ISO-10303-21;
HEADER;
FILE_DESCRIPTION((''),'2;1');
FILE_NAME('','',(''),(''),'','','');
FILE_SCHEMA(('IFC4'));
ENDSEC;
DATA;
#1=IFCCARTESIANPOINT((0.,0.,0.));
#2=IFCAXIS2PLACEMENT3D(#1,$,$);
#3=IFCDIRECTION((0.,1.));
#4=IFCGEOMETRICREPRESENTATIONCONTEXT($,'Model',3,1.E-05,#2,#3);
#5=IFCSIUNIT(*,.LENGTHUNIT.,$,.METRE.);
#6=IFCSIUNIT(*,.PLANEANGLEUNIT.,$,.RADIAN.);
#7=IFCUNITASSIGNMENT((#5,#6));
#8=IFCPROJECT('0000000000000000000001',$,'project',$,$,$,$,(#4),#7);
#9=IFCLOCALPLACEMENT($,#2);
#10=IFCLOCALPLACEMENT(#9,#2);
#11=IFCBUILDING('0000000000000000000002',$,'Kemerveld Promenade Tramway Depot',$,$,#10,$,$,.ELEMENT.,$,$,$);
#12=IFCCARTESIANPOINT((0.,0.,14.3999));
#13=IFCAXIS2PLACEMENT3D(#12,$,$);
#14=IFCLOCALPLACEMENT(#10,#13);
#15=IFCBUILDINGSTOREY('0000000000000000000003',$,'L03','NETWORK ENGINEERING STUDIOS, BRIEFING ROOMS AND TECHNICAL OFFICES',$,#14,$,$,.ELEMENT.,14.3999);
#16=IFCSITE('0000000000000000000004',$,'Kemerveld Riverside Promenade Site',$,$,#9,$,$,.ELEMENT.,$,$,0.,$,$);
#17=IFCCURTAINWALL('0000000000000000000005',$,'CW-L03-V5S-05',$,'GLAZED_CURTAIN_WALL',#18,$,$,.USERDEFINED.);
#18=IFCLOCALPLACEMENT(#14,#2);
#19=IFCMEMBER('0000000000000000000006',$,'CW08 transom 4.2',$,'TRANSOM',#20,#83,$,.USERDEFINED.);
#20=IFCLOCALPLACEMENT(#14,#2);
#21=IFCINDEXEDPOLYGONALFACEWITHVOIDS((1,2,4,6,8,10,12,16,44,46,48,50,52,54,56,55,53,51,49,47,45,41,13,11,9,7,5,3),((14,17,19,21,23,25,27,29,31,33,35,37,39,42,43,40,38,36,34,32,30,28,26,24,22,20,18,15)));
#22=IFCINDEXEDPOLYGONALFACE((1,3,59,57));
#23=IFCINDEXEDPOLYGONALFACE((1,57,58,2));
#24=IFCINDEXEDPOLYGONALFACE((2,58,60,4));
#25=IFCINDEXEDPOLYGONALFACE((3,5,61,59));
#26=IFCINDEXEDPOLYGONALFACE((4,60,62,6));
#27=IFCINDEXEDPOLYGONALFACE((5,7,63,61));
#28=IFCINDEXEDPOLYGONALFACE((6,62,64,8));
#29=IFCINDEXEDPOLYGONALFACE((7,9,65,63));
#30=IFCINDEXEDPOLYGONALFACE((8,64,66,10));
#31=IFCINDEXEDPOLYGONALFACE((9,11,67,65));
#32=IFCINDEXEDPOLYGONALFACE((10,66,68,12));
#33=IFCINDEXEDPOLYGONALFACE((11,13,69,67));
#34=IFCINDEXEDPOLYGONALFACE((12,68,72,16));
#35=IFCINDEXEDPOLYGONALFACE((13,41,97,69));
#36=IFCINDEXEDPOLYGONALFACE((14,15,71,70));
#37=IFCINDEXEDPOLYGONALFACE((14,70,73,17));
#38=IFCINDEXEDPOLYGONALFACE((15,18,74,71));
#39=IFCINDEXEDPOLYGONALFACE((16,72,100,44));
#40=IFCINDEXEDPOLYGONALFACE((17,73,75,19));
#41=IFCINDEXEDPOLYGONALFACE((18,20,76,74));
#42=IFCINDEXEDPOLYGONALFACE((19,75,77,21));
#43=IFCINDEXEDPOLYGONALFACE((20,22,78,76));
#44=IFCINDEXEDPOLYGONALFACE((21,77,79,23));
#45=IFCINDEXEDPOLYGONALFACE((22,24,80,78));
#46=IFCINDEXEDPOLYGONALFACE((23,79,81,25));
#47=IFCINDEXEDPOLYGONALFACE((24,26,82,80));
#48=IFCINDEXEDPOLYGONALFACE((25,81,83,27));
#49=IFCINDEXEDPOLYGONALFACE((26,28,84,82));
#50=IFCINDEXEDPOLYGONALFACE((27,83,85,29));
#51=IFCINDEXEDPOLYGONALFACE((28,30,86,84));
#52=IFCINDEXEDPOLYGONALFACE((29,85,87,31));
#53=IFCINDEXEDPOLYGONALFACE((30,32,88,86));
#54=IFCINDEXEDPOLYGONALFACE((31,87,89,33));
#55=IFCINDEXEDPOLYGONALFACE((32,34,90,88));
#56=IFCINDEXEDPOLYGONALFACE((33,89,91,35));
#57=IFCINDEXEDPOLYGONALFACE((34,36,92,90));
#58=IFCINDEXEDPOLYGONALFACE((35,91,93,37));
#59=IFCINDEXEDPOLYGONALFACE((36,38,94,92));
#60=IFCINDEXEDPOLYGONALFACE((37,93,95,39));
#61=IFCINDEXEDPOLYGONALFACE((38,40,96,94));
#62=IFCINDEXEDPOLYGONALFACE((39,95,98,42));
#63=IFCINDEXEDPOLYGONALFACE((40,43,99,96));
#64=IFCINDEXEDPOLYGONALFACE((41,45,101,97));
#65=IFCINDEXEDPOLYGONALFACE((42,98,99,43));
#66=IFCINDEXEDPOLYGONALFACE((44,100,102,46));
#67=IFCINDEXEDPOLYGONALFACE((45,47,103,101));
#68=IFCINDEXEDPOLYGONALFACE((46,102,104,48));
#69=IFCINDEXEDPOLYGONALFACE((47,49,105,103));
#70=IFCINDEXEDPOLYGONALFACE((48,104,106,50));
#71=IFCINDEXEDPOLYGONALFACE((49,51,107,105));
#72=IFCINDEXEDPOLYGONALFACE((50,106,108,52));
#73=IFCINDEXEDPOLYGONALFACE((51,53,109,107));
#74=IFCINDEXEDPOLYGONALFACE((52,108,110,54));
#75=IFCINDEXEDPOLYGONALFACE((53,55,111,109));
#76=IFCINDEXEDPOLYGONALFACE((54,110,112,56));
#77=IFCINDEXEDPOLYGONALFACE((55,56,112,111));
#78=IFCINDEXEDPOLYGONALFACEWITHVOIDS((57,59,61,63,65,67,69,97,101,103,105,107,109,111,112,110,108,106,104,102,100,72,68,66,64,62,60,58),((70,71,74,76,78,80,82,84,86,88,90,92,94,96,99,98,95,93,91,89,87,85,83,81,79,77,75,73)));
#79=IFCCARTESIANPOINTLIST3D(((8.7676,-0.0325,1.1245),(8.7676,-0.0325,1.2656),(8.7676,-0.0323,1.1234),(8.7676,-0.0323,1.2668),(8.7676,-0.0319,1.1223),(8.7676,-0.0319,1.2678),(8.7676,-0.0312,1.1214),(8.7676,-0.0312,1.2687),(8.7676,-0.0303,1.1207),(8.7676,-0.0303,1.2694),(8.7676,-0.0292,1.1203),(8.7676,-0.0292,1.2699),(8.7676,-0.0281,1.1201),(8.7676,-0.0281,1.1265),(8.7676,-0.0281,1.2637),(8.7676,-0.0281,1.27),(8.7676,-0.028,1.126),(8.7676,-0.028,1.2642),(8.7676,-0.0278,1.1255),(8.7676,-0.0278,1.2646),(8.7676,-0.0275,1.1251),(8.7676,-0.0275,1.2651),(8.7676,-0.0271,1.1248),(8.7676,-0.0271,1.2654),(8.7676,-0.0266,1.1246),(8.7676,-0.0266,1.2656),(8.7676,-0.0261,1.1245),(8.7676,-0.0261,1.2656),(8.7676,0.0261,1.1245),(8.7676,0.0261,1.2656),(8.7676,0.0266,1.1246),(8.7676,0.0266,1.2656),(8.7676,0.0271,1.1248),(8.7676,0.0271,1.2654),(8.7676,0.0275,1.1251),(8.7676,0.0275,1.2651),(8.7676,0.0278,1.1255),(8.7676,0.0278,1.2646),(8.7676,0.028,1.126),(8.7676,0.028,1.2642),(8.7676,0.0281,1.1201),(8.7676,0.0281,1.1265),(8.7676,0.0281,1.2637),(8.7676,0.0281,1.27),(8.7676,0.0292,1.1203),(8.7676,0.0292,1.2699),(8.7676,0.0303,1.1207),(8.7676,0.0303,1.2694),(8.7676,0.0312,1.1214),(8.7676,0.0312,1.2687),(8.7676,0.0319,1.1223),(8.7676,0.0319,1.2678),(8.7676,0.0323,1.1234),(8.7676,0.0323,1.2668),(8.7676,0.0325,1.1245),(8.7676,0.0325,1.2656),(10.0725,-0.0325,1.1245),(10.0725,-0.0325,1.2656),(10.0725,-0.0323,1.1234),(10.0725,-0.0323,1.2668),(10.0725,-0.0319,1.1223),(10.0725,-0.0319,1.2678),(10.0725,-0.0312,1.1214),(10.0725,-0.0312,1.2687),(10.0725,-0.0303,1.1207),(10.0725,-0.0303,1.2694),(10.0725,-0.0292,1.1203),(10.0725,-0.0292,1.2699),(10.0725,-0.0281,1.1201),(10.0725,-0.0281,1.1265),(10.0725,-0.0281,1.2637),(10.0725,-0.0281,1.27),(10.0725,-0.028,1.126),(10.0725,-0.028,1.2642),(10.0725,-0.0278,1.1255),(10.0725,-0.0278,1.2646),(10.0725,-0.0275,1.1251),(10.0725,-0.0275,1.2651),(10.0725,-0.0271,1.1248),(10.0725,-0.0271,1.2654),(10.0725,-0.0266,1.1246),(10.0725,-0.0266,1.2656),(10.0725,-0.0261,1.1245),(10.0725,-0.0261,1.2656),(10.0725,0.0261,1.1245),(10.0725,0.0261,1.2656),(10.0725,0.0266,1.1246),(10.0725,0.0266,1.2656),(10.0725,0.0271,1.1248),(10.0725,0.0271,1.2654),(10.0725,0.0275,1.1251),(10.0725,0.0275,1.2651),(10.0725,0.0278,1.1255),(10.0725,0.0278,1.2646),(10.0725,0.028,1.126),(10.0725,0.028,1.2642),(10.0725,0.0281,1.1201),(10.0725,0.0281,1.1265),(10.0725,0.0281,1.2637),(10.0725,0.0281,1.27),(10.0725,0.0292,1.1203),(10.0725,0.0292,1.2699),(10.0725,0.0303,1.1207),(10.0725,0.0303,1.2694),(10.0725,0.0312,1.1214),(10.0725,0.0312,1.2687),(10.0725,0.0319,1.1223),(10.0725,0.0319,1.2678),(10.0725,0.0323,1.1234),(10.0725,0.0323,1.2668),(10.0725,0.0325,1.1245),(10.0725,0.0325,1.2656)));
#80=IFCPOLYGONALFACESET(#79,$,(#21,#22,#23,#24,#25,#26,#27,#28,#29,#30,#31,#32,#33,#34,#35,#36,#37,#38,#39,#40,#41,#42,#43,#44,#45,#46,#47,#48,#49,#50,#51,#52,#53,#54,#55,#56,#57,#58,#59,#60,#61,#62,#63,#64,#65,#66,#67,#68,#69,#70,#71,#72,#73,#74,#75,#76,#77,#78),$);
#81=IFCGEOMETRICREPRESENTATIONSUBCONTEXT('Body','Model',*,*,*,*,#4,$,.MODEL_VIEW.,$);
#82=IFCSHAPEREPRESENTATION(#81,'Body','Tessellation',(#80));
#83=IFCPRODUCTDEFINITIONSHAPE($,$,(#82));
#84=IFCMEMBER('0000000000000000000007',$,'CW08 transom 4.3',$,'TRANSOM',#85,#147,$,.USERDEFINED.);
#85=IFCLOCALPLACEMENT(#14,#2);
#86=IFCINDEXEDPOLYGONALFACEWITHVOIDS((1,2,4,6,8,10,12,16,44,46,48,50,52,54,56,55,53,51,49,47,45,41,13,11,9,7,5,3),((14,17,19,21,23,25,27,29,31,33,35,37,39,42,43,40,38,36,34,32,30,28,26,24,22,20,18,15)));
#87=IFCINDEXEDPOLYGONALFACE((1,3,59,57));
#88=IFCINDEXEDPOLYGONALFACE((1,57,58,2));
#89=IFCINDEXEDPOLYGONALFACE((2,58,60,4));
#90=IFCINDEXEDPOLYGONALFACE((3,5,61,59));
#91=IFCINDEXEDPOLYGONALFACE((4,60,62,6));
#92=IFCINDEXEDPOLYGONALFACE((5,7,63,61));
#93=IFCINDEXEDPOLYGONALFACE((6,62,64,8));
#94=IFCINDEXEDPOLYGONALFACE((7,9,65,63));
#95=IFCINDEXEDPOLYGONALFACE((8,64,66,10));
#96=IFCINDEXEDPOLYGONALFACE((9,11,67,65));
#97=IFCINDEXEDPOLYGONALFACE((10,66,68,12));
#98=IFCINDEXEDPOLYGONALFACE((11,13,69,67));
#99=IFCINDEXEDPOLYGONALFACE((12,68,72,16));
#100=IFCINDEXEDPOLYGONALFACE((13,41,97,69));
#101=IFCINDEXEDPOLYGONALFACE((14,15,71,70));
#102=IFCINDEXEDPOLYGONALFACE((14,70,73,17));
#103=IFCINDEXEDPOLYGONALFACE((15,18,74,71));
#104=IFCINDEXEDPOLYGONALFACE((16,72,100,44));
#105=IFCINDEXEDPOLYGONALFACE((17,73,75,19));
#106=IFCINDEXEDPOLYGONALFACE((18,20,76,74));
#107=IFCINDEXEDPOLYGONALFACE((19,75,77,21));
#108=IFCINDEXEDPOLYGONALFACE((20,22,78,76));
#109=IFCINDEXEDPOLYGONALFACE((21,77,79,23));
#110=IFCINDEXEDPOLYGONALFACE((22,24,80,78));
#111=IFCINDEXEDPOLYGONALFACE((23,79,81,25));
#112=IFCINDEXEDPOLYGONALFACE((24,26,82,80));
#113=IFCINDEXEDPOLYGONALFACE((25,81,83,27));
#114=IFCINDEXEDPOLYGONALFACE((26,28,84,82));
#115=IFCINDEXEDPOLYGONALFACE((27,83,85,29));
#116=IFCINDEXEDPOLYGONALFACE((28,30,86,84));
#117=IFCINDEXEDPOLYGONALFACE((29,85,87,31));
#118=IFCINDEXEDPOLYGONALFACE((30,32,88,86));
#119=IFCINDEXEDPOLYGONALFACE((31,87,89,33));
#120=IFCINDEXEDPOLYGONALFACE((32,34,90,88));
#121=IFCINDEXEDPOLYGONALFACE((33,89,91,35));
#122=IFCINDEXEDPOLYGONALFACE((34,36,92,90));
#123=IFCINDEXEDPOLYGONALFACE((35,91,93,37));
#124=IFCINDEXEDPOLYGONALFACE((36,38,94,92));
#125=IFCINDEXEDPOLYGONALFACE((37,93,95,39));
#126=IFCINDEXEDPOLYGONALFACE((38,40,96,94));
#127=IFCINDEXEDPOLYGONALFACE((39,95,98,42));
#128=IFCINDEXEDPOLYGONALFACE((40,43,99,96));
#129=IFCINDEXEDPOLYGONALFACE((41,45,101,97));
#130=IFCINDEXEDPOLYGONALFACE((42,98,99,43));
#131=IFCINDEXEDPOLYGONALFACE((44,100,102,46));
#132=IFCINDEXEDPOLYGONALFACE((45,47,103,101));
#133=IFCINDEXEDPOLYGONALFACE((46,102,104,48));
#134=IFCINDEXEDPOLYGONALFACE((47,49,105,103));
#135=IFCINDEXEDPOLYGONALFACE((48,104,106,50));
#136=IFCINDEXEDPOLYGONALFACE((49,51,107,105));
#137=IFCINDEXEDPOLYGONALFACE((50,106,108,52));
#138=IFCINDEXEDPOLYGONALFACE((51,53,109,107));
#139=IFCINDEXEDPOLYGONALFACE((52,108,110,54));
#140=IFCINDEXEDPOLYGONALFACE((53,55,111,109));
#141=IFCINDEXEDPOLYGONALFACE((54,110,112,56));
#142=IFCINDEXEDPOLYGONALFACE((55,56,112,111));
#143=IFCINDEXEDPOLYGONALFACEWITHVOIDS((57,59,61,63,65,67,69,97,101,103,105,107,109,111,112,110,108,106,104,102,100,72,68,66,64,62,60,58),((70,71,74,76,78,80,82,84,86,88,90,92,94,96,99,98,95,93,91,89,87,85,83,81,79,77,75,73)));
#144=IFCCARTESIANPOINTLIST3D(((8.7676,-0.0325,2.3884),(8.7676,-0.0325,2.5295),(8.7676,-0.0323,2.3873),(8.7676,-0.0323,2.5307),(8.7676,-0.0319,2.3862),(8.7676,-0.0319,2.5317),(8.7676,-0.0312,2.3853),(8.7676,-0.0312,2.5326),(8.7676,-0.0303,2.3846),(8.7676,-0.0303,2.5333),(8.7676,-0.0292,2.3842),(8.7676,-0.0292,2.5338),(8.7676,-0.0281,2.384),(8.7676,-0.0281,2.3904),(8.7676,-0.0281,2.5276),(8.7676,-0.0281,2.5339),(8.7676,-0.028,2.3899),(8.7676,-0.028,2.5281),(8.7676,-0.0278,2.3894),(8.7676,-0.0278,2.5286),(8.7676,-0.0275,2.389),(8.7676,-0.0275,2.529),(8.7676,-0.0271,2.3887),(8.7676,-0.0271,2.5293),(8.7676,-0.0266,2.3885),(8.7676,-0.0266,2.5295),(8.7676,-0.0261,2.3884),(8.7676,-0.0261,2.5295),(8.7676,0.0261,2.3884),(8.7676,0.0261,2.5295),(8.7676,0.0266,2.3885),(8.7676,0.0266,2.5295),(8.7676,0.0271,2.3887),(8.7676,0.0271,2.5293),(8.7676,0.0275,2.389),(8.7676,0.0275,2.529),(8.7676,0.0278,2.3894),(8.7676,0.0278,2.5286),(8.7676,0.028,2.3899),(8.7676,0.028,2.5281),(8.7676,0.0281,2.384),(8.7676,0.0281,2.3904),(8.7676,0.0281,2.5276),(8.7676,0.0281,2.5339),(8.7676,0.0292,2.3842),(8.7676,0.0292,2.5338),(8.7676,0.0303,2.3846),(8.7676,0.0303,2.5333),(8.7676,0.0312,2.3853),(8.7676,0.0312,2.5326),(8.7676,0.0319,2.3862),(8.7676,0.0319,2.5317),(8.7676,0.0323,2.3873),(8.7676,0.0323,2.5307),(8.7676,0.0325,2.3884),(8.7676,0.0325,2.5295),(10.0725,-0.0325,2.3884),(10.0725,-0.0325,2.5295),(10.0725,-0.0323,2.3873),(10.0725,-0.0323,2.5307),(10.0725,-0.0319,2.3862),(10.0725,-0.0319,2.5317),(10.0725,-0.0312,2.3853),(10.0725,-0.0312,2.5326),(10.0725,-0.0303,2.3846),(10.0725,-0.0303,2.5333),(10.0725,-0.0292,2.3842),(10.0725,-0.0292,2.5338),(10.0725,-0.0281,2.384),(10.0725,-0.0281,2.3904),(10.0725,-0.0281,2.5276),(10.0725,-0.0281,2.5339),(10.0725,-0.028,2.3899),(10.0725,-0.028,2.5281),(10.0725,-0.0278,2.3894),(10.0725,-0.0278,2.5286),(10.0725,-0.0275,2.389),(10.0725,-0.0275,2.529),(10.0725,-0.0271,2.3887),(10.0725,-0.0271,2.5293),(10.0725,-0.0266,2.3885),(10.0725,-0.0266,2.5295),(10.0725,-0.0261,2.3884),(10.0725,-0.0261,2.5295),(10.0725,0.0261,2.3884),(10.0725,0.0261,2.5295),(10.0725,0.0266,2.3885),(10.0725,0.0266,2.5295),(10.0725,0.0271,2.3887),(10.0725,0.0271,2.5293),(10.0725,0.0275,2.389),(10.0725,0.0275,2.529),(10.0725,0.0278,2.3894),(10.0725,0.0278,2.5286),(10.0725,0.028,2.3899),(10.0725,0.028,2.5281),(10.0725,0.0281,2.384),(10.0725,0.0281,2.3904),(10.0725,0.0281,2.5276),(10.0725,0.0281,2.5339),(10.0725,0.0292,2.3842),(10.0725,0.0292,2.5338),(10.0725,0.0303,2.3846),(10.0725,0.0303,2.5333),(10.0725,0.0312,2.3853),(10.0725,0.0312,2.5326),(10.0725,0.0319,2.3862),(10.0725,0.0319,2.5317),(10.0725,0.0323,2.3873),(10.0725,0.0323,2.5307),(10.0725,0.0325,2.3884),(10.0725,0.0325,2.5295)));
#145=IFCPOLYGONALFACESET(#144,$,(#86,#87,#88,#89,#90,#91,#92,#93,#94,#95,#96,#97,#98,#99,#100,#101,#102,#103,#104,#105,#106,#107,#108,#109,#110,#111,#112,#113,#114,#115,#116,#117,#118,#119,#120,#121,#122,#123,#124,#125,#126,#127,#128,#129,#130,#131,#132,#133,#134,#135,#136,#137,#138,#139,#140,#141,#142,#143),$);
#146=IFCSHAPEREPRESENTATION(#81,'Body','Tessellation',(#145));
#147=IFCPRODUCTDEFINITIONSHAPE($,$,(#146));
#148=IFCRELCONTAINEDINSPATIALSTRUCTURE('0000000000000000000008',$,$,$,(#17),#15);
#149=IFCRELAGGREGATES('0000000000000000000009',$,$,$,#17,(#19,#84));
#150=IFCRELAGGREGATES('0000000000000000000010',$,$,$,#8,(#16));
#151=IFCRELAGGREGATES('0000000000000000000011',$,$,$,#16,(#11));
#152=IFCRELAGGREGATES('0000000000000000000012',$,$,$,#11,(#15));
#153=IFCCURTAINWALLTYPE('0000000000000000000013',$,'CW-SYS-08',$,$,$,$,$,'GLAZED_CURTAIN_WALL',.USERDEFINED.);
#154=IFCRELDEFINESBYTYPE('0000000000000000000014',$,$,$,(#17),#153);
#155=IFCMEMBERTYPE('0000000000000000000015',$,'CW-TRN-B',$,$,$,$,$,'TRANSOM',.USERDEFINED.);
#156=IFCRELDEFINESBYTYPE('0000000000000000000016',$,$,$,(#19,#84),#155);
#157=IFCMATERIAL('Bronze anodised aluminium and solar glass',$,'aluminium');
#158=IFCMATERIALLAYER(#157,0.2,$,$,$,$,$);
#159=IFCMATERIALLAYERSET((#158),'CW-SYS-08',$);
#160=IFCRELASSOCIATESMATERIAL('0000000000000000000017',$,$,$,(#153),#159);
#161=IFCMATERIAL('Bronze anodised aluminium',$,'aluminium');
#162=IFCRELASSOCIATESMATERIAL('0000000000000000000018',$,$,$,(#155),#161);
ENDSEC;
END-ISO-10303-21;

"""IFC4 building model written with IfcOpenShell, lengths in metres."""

from ifc_helpers import new_model, si_unit, direction, frame, origin, origin_2d, place, context, subcontext, project, spatial, hollow_rectangle, extrude, material, layer, layer_set, material_profile, profile_set, type_object, element, aggregate, save


model = new_model("IFC4")

# Units and contexts
model_context = context("Model", 3, precision=1e-05, world=origin(), true_north=direction((0.0, 1.0)))
body_context = subcontext(model_context, "Body", "Model", "MODEL_VIEW")
ifc_project = project(units=[si_unit("LENGTHUNIT", "METRE"), si_unit("PLANEANGLEUNIT", "RADIAN")], contexts=[model_context])

# Site, building, storey
site_placement = place(None, origin())
site = spatial("IfcSite", under=ifc_project, at=site_placement, Name="Kemerveld Riverside Promenade Site", CompositionType="ELEMENT", RefElevation=0.0)
building_placement = place(site_placement, origin())
building = spatial("IfcBuilding", under=site, at=building_placement, Name="Kemerveld Promenade Tramway Depot", CompositionType="ELEMENT")
storey_placement = place(building_placement, frame((0.0, 0.0, 14.3999)))
storey = spatial("IfcBuildingStorey", under=building, at=storey_placement, Name="L03", Description="NETWORK ENGINEERING STUDIOS, BRIEFING ROOMS AND TECHNICAL OFFICES", CompositionType="ELEMENT", Elevation=14.3999)

# Curtain wall, members
ifc_material_1 = material(Name="Bronze anodised aluminium and solar glass", Category="aluminium")
ifc_layer_1 = layer(ifc_material_1, 0.2)
ifc_layer_set_1 = layer_set([ifc_layer_1], Name="CW-SYS-08")
curtain_wall_type = type_object("IfcCurtainWallType", Name="CW-SYS-08", ElementType="GLAZED_CURTAIN_WALL", PredefinedType="USERDEFINED", material=ifc_layer_set_1)
curtain_wall_placement = place(storey_placement, origin())
curtain_wall = element("IfcCurtainWall", 1, at=curtain_wall_placement, inside=storey, type_object=curtain_wall_type, Name="CW-L03-V5S-05", ObjectType="GLAZED_CURTAIN_WALL", PredefinedType="USERDEFINED")
ifc_material_2 = material(Name="Bronze anodised aluminium", Category="aluminium")
ifc_material_profile_1 = material_profile(ifc_material_2, hollow_rectangle(XDim=0.0649, YDim=0.1499, WallThickness=0.0044, InnerFilletRadius=0.002, OuterFilletRadius=0.0044, at=origin_2d()), Name="CW-TRN-150x65")
ifc_profile_set_1 = profile_set([ifc_material_profile_1], Name="Bronze anodised aluminium")
member_type_1 = type_object("IfcMemberType", Name="CW-TRN-B", ElementType="TRANSOM", PredefinedType="USERDEFINED", material=ifc_profile_set_1)
member_1_placement = place(storey_placement, frame((10.0725, 0.0, 1.1951), z_axis=(-1.0, 0.0, 0.0), x_axis=(0.0, -1.0, 0.0)))
member_1 = element("IfcMember", 2, at=member_1_placement, type_object=member_type_1, Name="CW08 transom 4.2", ObjectType="TRANSOM", PredefinedType="USERDEFINED", context=body_context, shape_type="SweptSolid", body=[
    extrude(hollow_rectangle(XDim=0.0649, YDim=0.1499, WallThickness=0.0044, InnerFilletRadius=0.002, OuterFilletRadius=0.0044, at=origin_2d()), origin(), (0.0, 0.0, 1.0), 1.3049),
])
member_2_placement = place(storey_placement, frame((10.0725, 0.0, 2.459), z_axis=(-1.0, 0.0, 0.0), x_axis=(0.0, -1.0, 0.0)))
member_2 = element("IfcMember", 3, at=member_2_placement, type_object=member_type_1, Name="CW08 transom 4.3", ObjectType="TRANSOM", PredefinedType="USERDEFINED", context=body_context, shape_type="SweptSolid", body=[
    extrude(hollow_rectangle(XDim=0.0649, YDim=0.1499, WallThickness=0.0044, InnerFilletRadius=0.002, OuterFilletRadius=0.0044, at=origin_2d()), origin(), (0.0, 0.0, 1.0), 1.3049),
])
aggregate(curtain_wall, [member_1, member_2])

save(model, "model.ifc")
